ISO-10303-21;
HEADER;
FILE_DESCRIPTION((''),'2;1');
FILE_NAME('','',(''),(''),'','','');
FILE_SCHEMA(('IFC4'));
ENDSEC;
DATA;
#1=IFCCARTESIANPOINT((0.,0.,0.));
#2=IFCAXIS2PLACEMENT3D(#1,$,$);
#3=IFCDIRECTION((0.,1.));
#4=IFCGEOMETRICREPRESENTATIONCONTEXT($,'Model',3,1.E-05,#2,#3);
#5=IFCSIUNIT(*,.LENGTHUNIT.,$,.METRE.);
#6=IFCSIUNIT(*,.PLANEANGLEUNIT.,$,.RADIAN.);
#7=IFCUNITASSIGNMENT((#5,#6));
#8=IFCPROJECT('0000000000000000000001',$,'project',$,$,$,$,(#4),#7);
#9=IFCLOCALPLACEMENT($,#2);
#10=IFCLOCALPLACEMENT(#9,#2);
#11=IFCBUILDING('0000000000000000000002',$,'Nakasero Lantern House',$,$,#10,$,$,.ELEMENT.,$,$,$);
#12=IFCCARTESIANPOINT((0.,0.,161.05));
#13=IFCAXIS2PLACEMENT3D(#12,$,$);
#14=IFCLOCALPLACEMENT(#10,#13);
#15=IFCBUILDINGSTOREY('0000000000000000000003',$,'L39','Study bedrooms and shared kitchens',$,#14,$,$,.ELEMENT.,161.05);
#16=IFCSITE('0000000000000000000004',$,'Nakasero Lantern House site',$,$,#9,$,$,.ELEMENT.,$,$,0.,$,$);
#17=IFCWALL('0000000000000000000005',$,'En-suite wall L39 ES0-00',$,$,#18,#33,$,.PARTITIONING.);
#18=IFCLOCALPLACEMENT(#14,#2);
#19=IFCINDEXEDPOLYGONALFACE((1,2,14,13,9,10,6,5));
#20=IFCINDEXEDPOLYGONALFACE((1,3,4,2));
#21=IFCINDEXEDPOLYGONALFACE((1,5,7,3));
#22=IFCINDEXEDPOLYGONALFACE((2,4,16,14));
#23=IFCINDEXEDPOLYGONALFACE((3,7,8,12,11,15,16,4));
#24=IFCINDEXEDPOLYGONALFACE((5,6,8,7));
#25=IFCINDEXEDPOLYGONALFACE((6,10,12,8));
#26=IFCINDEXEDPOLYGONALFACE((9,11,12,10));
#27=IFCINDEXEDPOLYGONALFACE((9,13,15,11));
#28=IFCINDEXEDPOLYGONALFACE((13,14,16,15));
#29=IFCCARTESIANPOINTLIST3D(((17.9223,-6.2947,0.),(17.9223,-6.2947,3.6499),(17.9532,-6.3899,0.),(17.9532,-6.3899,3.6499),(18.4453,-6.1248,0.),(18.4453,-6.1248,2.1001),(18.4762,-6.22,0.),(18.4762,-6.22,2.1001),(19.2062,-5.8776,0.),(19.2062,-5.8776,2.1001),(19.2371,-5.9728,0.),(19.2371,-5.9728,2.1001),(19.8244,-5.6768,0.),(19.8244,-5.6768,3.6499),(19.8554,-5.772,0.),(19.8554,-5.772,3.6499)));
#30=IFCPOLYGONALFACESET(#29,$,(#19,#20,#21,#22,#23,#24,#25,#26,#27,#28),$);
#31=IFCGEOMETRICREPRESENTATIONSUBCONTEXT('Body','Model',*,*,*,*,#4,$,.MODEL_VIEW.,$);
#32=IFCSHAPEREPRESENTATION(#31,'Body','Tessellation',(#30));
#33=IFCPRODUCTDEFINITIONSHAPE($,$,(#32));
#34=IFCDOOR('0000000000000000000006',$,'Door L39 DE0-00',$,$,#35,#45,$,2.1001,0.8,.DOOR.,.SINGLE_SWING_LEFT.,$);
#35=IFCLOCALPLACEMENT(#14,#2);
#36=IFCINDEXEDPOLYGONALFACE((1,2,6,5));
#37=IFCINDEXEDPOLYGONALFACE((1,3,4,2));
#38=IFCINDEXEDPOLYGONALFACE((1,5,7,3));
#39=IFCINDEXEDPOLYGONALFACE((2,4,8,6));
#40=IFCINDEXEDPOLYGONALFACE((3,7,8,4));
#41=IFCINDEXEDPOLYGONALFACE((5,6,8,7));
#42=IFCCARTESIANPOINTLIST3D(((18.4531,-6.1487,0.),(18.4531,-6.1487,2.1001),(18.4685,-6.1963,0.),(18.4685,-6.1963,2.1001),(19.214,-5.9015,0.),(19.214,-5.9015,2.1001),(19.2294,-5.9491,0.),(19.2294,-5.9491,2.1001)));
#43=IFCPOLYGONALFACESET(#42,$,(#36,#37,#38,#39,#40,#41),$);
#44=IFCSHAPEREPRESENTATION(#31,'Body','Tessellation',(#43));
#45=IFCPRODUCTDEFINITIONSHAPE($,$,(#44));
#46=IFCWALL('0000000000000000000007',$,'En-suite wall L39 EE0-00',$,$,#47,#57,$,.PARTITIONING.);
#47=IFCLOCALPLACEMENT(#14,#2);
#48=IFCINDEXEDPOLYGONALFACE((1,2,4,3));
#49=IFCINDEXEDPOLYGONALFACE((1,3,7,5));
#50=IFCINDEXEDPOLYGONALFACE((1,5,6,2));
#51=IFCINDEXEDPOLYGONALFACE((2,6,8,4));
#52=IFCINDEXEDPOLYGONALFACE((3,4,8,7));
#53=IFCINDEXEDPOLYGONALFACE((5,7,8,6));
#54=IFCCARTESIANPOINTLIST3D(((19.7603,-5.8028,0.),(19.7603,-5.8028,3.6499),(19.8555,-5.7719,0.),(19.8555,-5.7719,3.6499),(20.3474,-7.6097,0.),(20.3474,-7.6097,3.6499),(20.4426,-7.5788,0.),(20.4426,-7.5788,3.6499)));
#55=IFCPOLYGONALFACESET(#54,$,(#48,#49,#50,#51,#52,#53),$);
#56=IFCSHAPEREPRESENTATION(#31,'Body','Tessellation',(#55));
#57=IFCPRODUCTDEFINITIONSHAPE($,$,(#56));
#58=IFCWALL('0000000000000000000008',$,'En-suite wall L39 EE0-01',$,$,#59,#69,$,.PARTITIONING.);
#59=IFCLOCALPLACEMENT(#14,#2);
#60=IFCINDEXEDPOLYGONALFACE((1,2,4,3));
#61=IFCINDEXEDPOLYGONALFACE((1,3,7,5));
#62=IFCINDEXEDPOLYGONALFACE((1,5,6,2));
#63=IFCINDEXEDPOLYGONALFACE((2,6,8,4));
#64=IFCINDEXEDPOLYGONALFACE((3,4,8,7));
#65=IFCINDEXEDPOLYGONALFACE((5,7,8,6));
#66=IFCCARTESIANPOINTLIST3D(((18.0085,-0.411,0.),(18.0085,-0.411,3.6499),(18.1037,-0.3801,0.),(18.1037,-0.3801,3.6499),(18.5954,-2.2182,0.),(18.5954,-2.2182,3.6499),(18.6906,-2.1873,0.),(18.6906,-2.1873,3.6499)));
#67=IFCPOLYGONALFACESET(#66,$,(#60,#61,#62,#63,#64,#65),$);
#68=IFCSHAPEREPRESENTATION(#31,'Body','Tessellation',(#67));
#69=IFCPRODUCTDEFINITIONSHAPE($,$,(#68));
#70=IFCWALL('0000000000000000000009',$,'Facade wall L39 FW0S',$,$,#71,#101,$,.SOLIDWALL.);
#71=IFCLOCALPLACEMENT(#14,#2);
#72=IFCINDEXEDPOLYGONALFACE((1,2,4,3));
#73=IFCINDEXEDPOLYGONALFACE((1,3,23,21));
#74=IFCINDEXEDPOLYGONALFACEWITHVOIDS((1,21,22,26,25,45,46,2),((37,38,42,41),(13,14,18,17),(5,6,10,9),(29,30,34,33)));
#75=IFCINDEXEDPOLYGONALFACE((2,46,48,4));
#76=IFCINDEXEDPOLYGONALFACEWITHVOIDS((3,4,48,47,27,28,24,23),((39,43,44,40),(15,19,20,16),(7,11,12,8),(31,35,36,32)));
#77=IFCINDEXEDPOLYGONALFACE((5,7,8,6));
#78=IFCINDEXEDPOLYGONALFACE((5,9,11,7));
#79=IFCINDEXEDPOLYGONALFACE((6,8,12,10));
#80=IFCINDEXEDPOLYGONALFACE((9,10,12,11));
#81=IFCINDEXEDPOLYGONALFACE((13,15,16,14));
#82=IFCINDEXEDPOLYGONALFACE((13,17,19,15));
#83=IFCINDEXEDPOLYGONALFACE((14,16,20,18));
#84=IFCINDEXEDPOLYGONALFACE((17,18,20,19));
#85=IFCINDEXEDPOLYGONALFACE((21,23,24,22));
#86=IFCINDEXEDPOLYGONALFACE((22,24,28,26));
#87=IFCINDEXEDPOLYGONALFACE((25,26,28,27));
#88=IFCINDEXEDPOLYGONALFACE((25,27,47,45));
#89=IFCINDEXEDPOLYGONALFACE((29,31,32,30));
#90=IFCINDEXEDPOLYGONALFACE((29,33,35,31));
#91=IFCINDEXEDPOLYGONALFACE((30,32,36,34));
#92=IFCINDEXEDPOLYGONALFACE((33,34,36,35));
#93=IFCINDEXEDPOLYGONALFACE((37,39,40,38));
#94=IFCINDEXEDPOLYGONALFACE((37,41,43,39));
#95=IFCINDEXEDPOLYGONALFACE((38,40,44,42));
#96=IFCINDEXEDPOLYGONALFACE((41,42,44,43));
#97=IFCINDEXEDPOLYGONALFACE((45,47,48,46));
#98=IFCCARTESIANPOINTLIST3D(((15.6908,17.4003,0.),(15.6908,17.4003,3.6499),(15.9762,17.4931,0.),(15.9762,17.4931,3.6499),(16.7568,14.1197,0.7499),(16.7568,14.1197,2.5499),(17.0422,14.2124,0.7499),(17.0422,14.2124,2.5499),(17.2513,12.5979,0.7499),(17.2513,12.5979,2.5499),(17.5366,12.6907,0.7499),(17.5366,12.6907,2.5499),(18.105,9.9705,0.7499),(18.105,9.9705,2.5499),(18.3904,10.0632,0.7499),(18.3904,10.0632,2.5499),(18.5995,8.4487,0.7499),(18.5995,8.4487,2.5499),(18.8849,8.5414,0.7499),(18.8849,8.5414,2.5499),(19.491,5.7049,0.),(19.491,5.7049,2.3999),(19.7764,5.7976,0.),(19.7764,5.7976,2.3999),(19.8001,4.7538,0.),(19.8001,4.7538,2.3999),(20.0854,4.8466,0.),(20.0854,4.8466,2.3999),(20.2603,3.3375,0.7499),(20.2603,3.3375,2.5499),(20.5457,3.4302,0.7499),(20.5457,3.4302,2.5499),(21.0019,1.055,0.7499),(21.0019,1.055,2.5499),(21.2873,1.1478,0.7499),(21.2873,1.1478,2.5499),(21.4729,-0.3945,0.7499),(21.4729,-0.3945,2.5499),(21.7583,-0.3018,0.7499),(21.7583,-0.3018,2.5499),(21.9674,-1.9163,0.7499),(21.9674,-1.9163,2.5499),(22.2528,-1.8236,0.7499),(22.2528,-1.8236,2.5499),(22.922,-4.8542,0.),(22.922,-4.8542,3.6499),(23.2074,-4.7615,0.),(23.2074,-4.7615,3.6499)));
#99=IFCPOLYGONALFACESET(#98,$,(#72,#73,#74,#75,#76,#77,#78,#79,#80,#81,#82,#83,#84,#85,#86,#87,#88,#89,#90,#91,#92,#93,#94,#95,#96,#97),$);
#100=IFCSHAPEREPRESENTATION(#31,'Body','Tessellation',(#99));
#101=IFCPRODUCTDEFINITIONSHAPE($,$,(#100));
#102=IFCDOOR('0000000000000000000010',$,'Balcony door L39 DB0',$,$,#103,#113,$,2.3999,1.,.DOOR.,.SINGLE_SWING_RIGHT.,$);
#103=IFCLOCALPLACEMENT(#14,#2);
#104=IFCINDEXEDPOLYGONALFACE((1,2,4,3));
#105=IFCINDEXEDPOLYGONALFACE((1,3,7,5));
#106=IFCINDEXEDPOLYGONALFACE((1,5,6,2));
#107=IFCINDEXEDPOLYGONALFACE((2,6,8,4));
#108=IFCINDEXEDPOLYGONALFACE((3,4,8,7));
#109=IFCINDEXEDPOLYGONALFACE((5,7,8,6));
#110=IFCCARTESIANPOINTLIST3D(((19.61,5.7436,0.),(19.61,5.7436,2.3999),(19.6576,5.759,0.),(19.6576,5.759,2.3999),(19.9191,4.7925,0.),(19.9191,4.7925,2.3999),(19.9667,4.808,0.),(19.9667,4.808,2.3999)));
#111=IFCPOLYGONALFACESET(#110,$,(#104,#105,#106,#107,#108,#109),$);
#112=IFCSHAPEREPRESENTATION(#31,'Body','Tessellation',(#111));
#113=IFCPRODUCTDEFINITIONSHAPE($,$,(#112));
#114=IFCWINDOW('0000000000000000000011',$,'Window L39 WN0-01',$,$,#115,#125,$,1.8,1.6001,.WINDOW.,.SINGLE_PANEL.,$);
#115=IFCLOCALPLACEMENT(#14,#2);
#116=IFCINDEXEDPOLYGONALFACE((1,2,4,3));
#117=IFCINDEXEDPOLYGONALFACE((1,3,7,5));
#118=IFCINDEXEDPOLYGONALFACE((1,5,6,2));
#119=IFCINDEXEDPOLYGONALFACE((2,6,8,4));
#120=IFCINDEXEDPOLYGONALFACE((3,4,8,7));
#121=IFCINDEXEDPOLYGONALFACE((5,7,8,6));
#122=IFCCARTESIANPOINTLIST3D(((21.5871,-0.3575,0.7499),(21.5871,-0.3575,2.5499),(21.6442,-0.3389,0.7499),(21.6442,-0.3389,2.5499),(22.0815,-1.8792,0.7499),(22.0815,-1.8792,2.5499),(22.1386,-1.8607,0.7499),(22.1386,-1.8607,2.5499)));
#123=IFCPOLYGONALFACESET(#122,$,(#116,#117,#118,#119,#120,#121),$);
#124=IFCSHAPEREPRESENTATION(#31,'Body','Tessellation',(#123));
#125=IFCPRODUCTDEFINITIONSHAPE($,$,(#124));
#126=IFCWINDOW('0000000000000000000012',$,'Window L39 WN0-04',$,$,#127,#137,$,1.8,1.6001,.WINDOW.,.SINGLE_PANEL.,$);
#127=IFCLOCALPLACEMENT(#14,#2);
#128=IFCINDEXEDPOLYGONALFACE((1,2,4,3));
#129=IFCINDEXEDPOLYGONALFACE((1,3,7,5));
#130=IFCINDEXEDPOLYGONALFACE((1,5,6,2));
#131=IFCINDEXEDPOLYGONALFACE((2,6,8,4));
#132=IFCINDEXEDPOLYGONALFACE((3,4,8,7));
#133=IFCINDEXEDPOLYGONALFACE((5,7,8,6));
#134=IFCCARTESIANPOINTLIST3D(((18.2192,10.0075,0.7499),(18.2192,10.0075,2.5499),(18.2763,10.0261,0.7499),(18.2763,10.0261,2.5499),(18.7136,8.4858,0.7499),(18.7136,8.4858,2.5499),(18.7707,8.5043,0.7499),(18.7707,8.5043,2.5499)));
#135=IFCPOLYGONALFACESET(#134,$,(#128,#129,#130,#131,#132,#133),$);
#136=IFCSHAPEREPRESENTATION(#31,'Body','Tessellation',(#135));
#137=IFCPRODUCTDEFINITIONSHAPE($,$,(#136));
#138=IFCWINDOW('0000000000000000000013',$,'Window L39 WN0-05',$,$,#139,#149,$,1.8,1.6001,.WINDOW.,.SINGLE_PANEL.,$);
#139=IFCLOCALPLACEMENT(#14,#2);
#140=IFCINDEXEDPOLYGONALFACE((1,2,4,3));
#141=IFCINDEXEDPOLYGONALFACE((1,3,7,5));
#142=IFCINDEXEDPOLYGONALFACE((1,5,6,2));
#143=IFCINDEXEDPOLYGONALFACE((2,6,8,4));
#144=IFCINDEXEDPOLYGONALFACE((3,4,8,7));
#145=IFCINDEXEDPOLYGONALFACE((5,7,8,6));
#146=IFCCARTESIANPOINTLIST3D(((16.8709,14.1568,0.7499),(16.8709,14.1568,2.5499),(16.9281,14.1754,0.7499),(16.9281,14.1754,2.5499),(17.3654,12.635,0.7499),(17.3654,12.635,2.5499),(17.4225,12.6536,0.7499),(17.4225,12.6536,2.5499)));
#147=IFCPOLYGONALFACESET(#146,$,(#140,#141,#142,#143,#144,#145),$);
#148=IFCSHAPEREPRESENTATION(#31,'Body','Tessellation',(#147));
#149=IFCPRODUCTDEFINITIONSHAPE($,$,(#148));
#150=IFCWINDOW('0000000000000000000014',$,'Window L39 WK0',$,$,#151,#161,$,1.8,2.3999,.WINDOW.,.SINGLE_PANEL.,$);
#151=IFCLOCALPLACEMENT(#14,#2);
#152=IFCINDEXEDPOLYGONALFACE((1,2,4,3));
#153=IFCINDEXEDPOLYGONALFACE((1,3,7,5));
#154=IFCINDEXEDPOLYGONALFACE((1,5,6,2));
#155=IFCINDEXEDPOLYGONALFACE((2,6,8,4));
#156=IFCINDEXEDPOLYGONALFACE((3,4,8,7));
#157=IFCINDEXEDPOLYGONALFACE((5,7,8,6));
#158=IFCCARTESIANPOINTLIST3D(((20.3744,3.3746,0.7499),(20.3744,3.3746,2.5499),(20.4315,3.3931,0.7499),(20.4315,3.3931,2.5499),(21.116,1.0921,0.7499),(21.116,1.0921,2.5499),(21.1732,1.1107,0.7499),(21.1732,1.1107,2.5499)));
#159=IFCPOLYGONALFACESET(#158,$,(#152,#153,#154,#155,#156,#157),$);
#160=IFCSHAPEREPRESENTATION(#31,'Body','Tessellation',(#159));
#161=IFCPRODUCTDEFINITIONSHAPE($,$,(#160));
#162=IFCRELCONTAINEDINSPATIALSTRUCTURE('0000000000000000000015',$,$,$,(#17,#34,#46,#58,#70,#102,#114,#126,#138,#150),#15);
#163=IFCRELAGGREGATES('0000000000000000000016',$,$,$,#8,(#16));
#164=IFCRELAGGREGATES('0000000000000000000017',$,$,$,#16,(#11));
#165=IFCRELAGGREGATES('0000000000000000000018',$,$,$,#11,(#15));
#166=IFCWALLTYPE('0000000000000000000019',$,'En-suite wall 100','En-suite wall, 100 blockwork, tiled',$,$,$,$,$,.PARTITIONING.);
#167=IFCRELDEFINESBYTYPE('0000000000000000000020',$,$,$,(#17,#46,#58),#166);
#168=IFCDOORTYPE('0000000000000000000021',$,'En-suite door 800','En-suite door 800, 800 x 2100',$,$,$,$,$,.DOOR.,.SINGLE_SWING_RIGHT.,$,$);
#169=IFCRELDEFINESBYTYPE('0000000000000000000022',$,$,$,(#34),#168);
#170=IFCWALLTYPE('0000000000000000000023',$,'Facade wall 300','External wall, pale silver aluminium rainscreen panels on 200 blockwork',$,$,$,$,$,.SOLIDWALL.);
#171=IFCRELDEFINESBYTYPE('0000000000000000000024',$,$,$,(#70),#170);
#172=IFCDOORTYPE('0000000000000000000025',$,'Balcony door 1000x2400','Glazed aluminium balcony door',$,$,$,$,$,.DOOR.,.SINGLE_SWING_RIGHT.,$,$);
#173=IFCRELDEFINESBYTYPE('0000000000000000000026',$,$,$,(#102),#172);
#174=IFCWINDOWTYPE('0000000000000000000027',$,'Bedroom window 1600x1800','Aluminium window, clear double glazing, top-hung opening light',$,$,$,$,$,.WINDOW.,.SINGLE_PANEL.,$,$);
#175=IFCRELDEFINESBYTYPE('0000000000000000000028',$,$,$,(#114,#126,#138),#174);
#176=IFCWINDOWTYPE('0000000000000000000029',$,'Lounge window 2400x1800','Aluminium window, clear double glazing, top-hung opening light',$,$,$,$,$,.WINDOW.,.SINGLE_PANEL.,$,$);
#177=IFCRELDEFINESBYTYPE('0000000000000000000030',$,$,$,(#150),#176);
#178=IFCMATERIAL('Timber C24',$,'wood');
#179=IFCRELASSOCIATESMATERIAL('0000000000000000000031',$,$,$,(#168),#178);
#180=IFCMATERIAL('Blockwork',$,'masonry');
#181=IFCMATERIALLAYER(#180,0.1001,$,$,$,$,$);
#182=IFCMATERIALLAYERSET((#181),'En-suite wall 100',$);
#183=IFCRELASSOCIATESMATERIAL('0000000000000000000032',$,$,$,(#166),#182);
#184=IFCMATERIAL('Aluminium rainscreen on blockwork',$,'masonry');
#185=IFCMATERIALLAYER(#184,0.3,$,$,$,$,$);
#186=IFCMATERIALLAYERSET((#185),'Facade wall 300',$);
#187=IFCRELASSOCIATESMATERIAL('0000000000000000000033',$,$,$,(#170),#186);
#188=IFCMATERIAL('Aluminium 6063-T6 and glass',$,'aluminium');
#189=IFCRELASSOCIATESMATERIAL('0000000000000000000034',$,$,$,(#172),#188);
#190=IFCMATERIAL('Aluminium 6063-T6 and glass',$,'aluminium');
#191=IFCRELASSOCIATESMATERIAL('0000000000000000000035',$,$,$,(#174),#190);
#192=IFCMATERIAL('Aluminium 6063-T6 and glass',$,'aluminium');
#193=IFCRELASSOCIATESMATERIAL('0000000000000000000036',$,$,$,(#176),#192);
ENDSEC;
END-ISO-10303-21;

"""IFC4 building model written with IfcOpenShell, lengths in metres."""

from ifc_helpers import new_model, si_unit, direction, frame, frame_2d, origin, place, context, subcontext, project, spatial, rectangle, extrude, material, layer, layer_set, type_object, element, fill, save


model = new_model("IFC4")

# Units and contexts
model_context = context("Model", 3, precision=1e-05, world=origin(), true_north=direction((0.0, 1.0)))
body_context = subcontext(model_context, "Body", "Model", "MODEL_VIEW")
ifc_project = project(units=[si_unit("LENGTHUNIT", "METRE"), si_unit("PLANEANGLEUNIT", "RADIAN")], contexts=[model_context])

# Site, building, storey
site_placement = place(None, origin())
site = spatial("IfcSite", under=ifc_project, at=site_placement, Name="Nakasero Lantern House site", CompositionType="ELEMENT", RefElevation=0.0)
building_placement = place(site_placement, origin())
building = spatial("IfcBuilding", under=site, at=building_placement, Name="Nakasero Lantern House", CompositionType="ELEMENT")
storey_placement = place(building_placement, frame((0.0, 0.0, 161.05)))
storey = spatial("IfcBuildingStorey", under=building, at=storey_placement, Name="L39", Description="Study bedrooms and shared kitchens", CompositionType="ELEMENT", Elevation=161.05)

# Shared definitions
ifc_material_1 = material(Name="Timber C24", Category="wood")
door_type_1 = type_object("IfcDoorType", Name="En-suite door 800", Description="En-suite door 800, 800 x 2100", OperationType="SINGLE_SWING_RIGHT", PredefinedType="DOOR", material=ifc_material_1)

# Shared definitions
ifc_material_2 = material(Name="Blockwork", Category="masonry")
ifc_layer_1 = layer(ifc_material_2, 0.1001)
ifc_layer_set_1 = layer_set([ifc_layer_1], Name="En-suite wall 100")
wall_type_1 = type_object("IfcWallType", Name="En-suite wall 100", Description="En-suite wall, 100 blockwork, tiled", PredefinedType="PARTITIONING", material=ifc_layer_set_1)

# Wall, opening, door
wall_1_placement = place(storey_placement, frame((17.9377, -6.3423, 0.0), z_axis=(0.0, 0.0, 1.0), x_axis=(0.951073, 0.308967, 0.0)))
wall_1 = element("IfcWall", 1, at=wall_1_placement, inside=storey, type_object=wall_type_1, Name="En-suite wall L39 ES0-00", PredefinedType="PARTITIONING", context=body_context, shape_type="SweptSolid", body=[
    extrude(rectangle(XDim=2.0, YDim=0.1001, at=frame_2d((1.0, 0.0))), origin(), (0.0, 0.0, 1.0), 3.6499),
])
opening_1_placement = place(wall_1_placement, frame((0.55, 0.0, 0.0)))
opening_1 = element("IfcOpeningElement", 2, at=opening_1_placement, cuts=wall_1, PredefinedType="OPENING", context=body_context, shape_type="SweptSolid", body=[
    extrude(rectangle(XDim=0.8, YDim=2.1001, at=frame_2d((0.3999, 1.05))), frame((0.0, 0.0701, 0.0), z_axis=(0.0, -1.0, 0.0), x_axis=(1.0, 0.0, 0.0)), (0.0, 0.0, 1.0), 0.1401),
])
door_1_placement = place(opening_1_placement, origin())
door_1 = element("IfcDoor", 3, at=door_1_placement, inside=storey, type_object=door_type_1, Name="Door L39 DE0-00", OperationType="SINGLE_SWING_LEFT", OverallHeight=2.1001, OverallWidth=0.8, PredefinedType="DOOR", context=body_context, shape_type="SweptSolid", body=[
    extrude(rectangle(XDim=0.8, YDim=2.1001, at=frame_2d((0.3999, 1.05))), frame((0.0, 0.0249, 0.0), z_axis=(0.0, -1.0, 0.0), x_axis=(1.0, 0.0, 0.0)), (0.0, 0.0, 1.0), 0.05),
])
fill(opening_1, door_1)

# Walls
wall_2_placement = place(storey_placement, frame((20.395, -7.5942, 0.0), z_axis=(0.0, 0.0, 1.0), x_axis=(-0.309048, 0.951046, 0.0)))
element("IfcWall", 4, at=wall_2_placement, inside=storey, type_object=wall_type_1, Name="En-suite wall L39 EE0-00", PredefinedType="PARTITIONING", context=body_context, shape_type="SweptSolid", body=[
    extrude(rectangle(XDim=1.8999, YDim=0.1001, at=frame_2d((0.95, 0.0))), origin(), (0.0, 0.0, 1.0), 3.6499),
])
wall_3_placement = place(storey_placement, frame((18.6431, -2.2029, 0.0), z_axis=(0.0, 0.0, 1.0), x_axis=(-0.308894, 0.951096, 0.0)))
element("IfcWall", 5, at=wall_3_placement, inside=storey, type_object=wall_type_1, Name="En-suite wall L39 EE0-01", PredefinedType="PARTITIONING", context=body_context, shape_type="SweptSolid", body=[
    extrude(rectangle(XDim=1.9001, YDim=0.1001, at=frame_2d((0.9502, 0.0))), origin(), (0.0, 0.0, 1.0), 3.6499),
])

# Wall, openings, door, windows
ifc_material_3 = material(Name="Aluminium rainscreen on blockwork", Category="masonry")
ifc_layer_2 = layer(ifc_material_3, 0.3)
ifc_layer_set_2 = layer_set([ifc_layer_2], Name="Facade wall 300")
wall_type_2 = type_object("IfcWallType", Name="Facade wall 300", Description="External wall, pale silver aluminium rainscreen panels on 200 blockwork", PredefinedType="SOLIDWALL", material=ifc_layer_set_2)
wall_4_placement = place(storey_placement, frame((23.0647, -4.8079, 0.0), z_axis=(0.0, 0.0, 1.0), x_axis=(-0.309026, 0.951054, 0.0)))
wall_4 = element("IfcWall", 6, at=wall_4_placement, inside=storey, type_object=wall_type_2, Name="Facade wall L39 FW0S", PredefinedType="SOLIDWALL", context=body_context, shape_type="SweptSolid", body=[
    extrude(rectangle(XDim=23.3999, YDim=0.3, at=frame_2d((11.7, 0.0))), origin(), (0.0, 0.0, 1.0), 3.6499),
])
opening_2_placement = place(wall_4_placement, frame((3.0891, 0.0, 0.75)))
opening_2 = element("IfcOpeningElement", 7, at=opening_2_placement, cuts=wall_4, PredefinedType="OPENING", context=body_context, shape_type="SweptSolid", body=[
    extrude(rectangle(XDim=1.6001, YDim=1.8, at=frame_2d((0.8, 0.8999))), frame((0.0, 0.1699, 0.0), z_axis=(0.0, -1.0, 0.0), x_axis=(1.0, 0.0, 0.0)), (0.0, 0.0, 1.0), 0.3401),
])
opening_3_placement = place(wall_4_placement, frame((13.9875, 0.0, 0.75)))
opening_3 = element("IfcOpeningElement", 8, at=opening_3_placement, cuts=wall_4, PredefinedType="OPENING", context=body_context, shape_type="SweptSolid", body=[
    extrude(rectangle(XDim=1.6001, YDim=1.8, at=frame_2d((0.8, 0.8999))), frame((0.0, 0.1699, 0.0), z_axis=(0.0, -1.0, 0.0), x_axis=(1.0, 0.0, 0.0)), (0.0, 0.0, 1.0), 0.3401),
])
opening_4_placement = place(wall_4_placement, frame((18.3503, 0.0, 0.75)))
opening_4 = element("IfcOpeningElement", 9, at=opening_4_placement, cuts=wall_4, PredefinedType="OPENING", context=body_context, shape_type="SweptSolid", body=[
    extrude(rectangle(XDim=1.6001, YDim=1.8, at=frame_2d((0.8, 0.8999))), frame((0.0, 0.1699, 0.0), z_axis=(0.0, -1.0, 0.0), x_axis=(1.0, 0.0, 0.0)), (0.0, 0.0, 1.0), 0.3401),
])
opening_5_placement = place(wall_4_placement, frame((6.2134, 0.0, 0.75)))
opening_5 = element("IfcOpeningElement", 10, at=opening_5_placement, cuts=wall_4, PredefinedType="OPENING", context=body_context, shape_type="SweptSolid", body=[
    extrude(rectangle(XDim=2.3999, YDim=1.8, at=frame_2d((1.2, 0.8999))), frame((0.0, 0.1699, 0.0), z_axis=(0.0, -1.0, 0.0), x_axis=(1.0, 0.0, 0.0)), (0.0, 0.0, 1.0), 0.3401),
])
opening_6_placement = place(wall_4_placement, frame((10.1025, 0.0, 0.0)))
opening_6 = element("IfcOpeningElement", 11, at=opening_6_placement, cuts=wall_4, PredefinedType="OPENING", context=body_context, shape_type="SweptSolid", body=[
    extrude(rectangle(XDim=1.0, YDim=2.3999, at=frame_2d((0.5, 1.2))), frame((0.0, 0.1699, 0.0), z_axis=(0.0, -1.0, 0.0), x_axis=(1.0, 0.0, 0.0)), (0.0, 0.0, 1.0), 0.3401),
])
ifc_material_4 = material(Name="Aluminium 6063-T6 and glass", Category="aluminium")
door_type_2 = type_object("IfcDoorType", Name="Balcony door 1000x2400", Description="Glazed aluminium balcony door", OperationType="SINGLE_SWING_RIGHT", PredefinedType="DOOR", material=ifc_material_4)
door_2_placement = place(opening_6_placement, origin())
door_2 = element("IfcDoor", 12, at=door_2_placement, inside=storey, type_object=door_type_2, Name="Balcony door L39 DB0", OperationType="SINGLE_SWING_RIGHT", OverallHeight=2.3999, OverallWidth=1.0, PredefinedType="DOOR", context=body_context, shape_type="SweptSolid", body=[
    extrude(rectangle(XDim=1.0, YDim=2.3999, at=frame_2d((0.5, 1.2))), frame((0.0, 0.0249, 0.0), z_axis=(0.0, -1.0, 0.0), x_axis=(1.0, 0.0, 0.0)), (0.0, 0.0, 1.0), 0.05),
])
fill(opening_6, door_2)
ifc_material_5 = material(Name="Aluminium 6063-T6 and glass", Category="aluminium")
window_type_1 = type_object("IfcWindowType", Name="Bedroom window 1600x1800", Description="Aluminium window, clear double glazing, top-hung opening light", PartitioningType="SINGLE_PANEL", PredefinedType="WINDOW", material=ifc_material_5)
window_1_placement = place(opening_2_placement, origin())
window_1 = element("IfcWindow", 13, at=window_1_placement, inside=storey, type_object=window_type_1, Name="Window L39 WN0-01", OverallHeight=1.8, OverallWidth=1.6001, PartitioningType="SINGLE_PANEL", PredefinedType="WINDOW", context=body_context, shape_type="SweptSolid", body=[
    extrude(rectangle(XDim=1.6001, YDim=1.8, at=frame_2d((0.8, 0.8999))), frame((0.0, 0.03, 0.0), z_axis=(0.0, -1.0, 0.0), x_axis=(1.0, 0.0, 0.0)), (0.0, 0.0, 1.0), 0.0601),
])
fill(opening_2, window_1)
window_2_placement = place(opening_3_placement, origin())
window_2 = element("IfcWindow", 14, at=window_2_placement, inside=storey, type_object=window_type_1, Name="Window L39 WN0-04", OverallHeight=1.8, OverallWidth=1.6001, PartitioningType="SINGLE_PANEL", PredefinedType="WINDOW", context=body_context, shape_type="SweptSolid", body=[
    extrude(rectangle(XDim=1.6001, YDim=1.8, at=frame_2d((0.8, 0.8999))), frame((0.0, 0.03, 0.0), z_axis=(0.0, -1.0, 0.0), x_axis=(1.0, 0.0, 0.0)), (0.0, 0.0, 1.0), 0.0601),
])
fill(opening_3, window_2)
window_3_placement = place(opening_4_placement, origin())
window_3 = element("IfcWindow", 15, at=window_3_placement, inside=storey, type_object=window_type_1, Name="Window L39 WN0-05", OverallHeight=1.8, OverallWidth=1.6001, PartitioningType="SINGLE_PANEL", PredefinedType="WINDOW", context=body_context, shape_type="SweptSolid", body=[
    extrude(rectangle(XDim=1.6001, YDim=1.8, at=frame_2d((0.8, 0.8999))), frame((0.0, 0.03, 0.0), z_axis=(0.0, -1.0, 0.0), x_axis=(1.0, 0.0, 0.0)), (0.0, 0.0, 1.0), 0.0601),
])
fill(opening_4, window_3)
ifc_material_6 = material(Name="Aluminium 6063-T6 and glass", Category="aluminium")
window_type_2 = type_object("IfcWindowType", Name="Lounge window 2400x1800", Description="Aluminium window, clear double glazing, top-hung opening light", PartitioningType="SINGLE_PANEL", PredefinedType="WINDOW", material=ifc_material_6)
window_4_placement = place(opening_5_placement, origin())
window_4 = element("IfcWindow", 16, at=window_4_placement, inside=storey, type_object=window_type_2, Name="Window L39 WK0", OverallHeight=1.8, OverallWidth=2.3999, PartitioningType="SINGLE_PANEL", PredefinedType="WINDOW", context=body_context, shape_type="SweptSolid", body=[
    extrude(rectangle(XDim=2.3999, YDim=1.8, at=frame_2d((1.2, 0.8999))), frame((0.0, 0.03, 0.0), z_axis=(0.0, -1.0, 0.0), x_axis=(1.0, 0.0, 0.0)), (0.0, 0.0, 1.0), 0.0601),
])
fill(opening_5, window_4)

save(model, "model.ifc")
